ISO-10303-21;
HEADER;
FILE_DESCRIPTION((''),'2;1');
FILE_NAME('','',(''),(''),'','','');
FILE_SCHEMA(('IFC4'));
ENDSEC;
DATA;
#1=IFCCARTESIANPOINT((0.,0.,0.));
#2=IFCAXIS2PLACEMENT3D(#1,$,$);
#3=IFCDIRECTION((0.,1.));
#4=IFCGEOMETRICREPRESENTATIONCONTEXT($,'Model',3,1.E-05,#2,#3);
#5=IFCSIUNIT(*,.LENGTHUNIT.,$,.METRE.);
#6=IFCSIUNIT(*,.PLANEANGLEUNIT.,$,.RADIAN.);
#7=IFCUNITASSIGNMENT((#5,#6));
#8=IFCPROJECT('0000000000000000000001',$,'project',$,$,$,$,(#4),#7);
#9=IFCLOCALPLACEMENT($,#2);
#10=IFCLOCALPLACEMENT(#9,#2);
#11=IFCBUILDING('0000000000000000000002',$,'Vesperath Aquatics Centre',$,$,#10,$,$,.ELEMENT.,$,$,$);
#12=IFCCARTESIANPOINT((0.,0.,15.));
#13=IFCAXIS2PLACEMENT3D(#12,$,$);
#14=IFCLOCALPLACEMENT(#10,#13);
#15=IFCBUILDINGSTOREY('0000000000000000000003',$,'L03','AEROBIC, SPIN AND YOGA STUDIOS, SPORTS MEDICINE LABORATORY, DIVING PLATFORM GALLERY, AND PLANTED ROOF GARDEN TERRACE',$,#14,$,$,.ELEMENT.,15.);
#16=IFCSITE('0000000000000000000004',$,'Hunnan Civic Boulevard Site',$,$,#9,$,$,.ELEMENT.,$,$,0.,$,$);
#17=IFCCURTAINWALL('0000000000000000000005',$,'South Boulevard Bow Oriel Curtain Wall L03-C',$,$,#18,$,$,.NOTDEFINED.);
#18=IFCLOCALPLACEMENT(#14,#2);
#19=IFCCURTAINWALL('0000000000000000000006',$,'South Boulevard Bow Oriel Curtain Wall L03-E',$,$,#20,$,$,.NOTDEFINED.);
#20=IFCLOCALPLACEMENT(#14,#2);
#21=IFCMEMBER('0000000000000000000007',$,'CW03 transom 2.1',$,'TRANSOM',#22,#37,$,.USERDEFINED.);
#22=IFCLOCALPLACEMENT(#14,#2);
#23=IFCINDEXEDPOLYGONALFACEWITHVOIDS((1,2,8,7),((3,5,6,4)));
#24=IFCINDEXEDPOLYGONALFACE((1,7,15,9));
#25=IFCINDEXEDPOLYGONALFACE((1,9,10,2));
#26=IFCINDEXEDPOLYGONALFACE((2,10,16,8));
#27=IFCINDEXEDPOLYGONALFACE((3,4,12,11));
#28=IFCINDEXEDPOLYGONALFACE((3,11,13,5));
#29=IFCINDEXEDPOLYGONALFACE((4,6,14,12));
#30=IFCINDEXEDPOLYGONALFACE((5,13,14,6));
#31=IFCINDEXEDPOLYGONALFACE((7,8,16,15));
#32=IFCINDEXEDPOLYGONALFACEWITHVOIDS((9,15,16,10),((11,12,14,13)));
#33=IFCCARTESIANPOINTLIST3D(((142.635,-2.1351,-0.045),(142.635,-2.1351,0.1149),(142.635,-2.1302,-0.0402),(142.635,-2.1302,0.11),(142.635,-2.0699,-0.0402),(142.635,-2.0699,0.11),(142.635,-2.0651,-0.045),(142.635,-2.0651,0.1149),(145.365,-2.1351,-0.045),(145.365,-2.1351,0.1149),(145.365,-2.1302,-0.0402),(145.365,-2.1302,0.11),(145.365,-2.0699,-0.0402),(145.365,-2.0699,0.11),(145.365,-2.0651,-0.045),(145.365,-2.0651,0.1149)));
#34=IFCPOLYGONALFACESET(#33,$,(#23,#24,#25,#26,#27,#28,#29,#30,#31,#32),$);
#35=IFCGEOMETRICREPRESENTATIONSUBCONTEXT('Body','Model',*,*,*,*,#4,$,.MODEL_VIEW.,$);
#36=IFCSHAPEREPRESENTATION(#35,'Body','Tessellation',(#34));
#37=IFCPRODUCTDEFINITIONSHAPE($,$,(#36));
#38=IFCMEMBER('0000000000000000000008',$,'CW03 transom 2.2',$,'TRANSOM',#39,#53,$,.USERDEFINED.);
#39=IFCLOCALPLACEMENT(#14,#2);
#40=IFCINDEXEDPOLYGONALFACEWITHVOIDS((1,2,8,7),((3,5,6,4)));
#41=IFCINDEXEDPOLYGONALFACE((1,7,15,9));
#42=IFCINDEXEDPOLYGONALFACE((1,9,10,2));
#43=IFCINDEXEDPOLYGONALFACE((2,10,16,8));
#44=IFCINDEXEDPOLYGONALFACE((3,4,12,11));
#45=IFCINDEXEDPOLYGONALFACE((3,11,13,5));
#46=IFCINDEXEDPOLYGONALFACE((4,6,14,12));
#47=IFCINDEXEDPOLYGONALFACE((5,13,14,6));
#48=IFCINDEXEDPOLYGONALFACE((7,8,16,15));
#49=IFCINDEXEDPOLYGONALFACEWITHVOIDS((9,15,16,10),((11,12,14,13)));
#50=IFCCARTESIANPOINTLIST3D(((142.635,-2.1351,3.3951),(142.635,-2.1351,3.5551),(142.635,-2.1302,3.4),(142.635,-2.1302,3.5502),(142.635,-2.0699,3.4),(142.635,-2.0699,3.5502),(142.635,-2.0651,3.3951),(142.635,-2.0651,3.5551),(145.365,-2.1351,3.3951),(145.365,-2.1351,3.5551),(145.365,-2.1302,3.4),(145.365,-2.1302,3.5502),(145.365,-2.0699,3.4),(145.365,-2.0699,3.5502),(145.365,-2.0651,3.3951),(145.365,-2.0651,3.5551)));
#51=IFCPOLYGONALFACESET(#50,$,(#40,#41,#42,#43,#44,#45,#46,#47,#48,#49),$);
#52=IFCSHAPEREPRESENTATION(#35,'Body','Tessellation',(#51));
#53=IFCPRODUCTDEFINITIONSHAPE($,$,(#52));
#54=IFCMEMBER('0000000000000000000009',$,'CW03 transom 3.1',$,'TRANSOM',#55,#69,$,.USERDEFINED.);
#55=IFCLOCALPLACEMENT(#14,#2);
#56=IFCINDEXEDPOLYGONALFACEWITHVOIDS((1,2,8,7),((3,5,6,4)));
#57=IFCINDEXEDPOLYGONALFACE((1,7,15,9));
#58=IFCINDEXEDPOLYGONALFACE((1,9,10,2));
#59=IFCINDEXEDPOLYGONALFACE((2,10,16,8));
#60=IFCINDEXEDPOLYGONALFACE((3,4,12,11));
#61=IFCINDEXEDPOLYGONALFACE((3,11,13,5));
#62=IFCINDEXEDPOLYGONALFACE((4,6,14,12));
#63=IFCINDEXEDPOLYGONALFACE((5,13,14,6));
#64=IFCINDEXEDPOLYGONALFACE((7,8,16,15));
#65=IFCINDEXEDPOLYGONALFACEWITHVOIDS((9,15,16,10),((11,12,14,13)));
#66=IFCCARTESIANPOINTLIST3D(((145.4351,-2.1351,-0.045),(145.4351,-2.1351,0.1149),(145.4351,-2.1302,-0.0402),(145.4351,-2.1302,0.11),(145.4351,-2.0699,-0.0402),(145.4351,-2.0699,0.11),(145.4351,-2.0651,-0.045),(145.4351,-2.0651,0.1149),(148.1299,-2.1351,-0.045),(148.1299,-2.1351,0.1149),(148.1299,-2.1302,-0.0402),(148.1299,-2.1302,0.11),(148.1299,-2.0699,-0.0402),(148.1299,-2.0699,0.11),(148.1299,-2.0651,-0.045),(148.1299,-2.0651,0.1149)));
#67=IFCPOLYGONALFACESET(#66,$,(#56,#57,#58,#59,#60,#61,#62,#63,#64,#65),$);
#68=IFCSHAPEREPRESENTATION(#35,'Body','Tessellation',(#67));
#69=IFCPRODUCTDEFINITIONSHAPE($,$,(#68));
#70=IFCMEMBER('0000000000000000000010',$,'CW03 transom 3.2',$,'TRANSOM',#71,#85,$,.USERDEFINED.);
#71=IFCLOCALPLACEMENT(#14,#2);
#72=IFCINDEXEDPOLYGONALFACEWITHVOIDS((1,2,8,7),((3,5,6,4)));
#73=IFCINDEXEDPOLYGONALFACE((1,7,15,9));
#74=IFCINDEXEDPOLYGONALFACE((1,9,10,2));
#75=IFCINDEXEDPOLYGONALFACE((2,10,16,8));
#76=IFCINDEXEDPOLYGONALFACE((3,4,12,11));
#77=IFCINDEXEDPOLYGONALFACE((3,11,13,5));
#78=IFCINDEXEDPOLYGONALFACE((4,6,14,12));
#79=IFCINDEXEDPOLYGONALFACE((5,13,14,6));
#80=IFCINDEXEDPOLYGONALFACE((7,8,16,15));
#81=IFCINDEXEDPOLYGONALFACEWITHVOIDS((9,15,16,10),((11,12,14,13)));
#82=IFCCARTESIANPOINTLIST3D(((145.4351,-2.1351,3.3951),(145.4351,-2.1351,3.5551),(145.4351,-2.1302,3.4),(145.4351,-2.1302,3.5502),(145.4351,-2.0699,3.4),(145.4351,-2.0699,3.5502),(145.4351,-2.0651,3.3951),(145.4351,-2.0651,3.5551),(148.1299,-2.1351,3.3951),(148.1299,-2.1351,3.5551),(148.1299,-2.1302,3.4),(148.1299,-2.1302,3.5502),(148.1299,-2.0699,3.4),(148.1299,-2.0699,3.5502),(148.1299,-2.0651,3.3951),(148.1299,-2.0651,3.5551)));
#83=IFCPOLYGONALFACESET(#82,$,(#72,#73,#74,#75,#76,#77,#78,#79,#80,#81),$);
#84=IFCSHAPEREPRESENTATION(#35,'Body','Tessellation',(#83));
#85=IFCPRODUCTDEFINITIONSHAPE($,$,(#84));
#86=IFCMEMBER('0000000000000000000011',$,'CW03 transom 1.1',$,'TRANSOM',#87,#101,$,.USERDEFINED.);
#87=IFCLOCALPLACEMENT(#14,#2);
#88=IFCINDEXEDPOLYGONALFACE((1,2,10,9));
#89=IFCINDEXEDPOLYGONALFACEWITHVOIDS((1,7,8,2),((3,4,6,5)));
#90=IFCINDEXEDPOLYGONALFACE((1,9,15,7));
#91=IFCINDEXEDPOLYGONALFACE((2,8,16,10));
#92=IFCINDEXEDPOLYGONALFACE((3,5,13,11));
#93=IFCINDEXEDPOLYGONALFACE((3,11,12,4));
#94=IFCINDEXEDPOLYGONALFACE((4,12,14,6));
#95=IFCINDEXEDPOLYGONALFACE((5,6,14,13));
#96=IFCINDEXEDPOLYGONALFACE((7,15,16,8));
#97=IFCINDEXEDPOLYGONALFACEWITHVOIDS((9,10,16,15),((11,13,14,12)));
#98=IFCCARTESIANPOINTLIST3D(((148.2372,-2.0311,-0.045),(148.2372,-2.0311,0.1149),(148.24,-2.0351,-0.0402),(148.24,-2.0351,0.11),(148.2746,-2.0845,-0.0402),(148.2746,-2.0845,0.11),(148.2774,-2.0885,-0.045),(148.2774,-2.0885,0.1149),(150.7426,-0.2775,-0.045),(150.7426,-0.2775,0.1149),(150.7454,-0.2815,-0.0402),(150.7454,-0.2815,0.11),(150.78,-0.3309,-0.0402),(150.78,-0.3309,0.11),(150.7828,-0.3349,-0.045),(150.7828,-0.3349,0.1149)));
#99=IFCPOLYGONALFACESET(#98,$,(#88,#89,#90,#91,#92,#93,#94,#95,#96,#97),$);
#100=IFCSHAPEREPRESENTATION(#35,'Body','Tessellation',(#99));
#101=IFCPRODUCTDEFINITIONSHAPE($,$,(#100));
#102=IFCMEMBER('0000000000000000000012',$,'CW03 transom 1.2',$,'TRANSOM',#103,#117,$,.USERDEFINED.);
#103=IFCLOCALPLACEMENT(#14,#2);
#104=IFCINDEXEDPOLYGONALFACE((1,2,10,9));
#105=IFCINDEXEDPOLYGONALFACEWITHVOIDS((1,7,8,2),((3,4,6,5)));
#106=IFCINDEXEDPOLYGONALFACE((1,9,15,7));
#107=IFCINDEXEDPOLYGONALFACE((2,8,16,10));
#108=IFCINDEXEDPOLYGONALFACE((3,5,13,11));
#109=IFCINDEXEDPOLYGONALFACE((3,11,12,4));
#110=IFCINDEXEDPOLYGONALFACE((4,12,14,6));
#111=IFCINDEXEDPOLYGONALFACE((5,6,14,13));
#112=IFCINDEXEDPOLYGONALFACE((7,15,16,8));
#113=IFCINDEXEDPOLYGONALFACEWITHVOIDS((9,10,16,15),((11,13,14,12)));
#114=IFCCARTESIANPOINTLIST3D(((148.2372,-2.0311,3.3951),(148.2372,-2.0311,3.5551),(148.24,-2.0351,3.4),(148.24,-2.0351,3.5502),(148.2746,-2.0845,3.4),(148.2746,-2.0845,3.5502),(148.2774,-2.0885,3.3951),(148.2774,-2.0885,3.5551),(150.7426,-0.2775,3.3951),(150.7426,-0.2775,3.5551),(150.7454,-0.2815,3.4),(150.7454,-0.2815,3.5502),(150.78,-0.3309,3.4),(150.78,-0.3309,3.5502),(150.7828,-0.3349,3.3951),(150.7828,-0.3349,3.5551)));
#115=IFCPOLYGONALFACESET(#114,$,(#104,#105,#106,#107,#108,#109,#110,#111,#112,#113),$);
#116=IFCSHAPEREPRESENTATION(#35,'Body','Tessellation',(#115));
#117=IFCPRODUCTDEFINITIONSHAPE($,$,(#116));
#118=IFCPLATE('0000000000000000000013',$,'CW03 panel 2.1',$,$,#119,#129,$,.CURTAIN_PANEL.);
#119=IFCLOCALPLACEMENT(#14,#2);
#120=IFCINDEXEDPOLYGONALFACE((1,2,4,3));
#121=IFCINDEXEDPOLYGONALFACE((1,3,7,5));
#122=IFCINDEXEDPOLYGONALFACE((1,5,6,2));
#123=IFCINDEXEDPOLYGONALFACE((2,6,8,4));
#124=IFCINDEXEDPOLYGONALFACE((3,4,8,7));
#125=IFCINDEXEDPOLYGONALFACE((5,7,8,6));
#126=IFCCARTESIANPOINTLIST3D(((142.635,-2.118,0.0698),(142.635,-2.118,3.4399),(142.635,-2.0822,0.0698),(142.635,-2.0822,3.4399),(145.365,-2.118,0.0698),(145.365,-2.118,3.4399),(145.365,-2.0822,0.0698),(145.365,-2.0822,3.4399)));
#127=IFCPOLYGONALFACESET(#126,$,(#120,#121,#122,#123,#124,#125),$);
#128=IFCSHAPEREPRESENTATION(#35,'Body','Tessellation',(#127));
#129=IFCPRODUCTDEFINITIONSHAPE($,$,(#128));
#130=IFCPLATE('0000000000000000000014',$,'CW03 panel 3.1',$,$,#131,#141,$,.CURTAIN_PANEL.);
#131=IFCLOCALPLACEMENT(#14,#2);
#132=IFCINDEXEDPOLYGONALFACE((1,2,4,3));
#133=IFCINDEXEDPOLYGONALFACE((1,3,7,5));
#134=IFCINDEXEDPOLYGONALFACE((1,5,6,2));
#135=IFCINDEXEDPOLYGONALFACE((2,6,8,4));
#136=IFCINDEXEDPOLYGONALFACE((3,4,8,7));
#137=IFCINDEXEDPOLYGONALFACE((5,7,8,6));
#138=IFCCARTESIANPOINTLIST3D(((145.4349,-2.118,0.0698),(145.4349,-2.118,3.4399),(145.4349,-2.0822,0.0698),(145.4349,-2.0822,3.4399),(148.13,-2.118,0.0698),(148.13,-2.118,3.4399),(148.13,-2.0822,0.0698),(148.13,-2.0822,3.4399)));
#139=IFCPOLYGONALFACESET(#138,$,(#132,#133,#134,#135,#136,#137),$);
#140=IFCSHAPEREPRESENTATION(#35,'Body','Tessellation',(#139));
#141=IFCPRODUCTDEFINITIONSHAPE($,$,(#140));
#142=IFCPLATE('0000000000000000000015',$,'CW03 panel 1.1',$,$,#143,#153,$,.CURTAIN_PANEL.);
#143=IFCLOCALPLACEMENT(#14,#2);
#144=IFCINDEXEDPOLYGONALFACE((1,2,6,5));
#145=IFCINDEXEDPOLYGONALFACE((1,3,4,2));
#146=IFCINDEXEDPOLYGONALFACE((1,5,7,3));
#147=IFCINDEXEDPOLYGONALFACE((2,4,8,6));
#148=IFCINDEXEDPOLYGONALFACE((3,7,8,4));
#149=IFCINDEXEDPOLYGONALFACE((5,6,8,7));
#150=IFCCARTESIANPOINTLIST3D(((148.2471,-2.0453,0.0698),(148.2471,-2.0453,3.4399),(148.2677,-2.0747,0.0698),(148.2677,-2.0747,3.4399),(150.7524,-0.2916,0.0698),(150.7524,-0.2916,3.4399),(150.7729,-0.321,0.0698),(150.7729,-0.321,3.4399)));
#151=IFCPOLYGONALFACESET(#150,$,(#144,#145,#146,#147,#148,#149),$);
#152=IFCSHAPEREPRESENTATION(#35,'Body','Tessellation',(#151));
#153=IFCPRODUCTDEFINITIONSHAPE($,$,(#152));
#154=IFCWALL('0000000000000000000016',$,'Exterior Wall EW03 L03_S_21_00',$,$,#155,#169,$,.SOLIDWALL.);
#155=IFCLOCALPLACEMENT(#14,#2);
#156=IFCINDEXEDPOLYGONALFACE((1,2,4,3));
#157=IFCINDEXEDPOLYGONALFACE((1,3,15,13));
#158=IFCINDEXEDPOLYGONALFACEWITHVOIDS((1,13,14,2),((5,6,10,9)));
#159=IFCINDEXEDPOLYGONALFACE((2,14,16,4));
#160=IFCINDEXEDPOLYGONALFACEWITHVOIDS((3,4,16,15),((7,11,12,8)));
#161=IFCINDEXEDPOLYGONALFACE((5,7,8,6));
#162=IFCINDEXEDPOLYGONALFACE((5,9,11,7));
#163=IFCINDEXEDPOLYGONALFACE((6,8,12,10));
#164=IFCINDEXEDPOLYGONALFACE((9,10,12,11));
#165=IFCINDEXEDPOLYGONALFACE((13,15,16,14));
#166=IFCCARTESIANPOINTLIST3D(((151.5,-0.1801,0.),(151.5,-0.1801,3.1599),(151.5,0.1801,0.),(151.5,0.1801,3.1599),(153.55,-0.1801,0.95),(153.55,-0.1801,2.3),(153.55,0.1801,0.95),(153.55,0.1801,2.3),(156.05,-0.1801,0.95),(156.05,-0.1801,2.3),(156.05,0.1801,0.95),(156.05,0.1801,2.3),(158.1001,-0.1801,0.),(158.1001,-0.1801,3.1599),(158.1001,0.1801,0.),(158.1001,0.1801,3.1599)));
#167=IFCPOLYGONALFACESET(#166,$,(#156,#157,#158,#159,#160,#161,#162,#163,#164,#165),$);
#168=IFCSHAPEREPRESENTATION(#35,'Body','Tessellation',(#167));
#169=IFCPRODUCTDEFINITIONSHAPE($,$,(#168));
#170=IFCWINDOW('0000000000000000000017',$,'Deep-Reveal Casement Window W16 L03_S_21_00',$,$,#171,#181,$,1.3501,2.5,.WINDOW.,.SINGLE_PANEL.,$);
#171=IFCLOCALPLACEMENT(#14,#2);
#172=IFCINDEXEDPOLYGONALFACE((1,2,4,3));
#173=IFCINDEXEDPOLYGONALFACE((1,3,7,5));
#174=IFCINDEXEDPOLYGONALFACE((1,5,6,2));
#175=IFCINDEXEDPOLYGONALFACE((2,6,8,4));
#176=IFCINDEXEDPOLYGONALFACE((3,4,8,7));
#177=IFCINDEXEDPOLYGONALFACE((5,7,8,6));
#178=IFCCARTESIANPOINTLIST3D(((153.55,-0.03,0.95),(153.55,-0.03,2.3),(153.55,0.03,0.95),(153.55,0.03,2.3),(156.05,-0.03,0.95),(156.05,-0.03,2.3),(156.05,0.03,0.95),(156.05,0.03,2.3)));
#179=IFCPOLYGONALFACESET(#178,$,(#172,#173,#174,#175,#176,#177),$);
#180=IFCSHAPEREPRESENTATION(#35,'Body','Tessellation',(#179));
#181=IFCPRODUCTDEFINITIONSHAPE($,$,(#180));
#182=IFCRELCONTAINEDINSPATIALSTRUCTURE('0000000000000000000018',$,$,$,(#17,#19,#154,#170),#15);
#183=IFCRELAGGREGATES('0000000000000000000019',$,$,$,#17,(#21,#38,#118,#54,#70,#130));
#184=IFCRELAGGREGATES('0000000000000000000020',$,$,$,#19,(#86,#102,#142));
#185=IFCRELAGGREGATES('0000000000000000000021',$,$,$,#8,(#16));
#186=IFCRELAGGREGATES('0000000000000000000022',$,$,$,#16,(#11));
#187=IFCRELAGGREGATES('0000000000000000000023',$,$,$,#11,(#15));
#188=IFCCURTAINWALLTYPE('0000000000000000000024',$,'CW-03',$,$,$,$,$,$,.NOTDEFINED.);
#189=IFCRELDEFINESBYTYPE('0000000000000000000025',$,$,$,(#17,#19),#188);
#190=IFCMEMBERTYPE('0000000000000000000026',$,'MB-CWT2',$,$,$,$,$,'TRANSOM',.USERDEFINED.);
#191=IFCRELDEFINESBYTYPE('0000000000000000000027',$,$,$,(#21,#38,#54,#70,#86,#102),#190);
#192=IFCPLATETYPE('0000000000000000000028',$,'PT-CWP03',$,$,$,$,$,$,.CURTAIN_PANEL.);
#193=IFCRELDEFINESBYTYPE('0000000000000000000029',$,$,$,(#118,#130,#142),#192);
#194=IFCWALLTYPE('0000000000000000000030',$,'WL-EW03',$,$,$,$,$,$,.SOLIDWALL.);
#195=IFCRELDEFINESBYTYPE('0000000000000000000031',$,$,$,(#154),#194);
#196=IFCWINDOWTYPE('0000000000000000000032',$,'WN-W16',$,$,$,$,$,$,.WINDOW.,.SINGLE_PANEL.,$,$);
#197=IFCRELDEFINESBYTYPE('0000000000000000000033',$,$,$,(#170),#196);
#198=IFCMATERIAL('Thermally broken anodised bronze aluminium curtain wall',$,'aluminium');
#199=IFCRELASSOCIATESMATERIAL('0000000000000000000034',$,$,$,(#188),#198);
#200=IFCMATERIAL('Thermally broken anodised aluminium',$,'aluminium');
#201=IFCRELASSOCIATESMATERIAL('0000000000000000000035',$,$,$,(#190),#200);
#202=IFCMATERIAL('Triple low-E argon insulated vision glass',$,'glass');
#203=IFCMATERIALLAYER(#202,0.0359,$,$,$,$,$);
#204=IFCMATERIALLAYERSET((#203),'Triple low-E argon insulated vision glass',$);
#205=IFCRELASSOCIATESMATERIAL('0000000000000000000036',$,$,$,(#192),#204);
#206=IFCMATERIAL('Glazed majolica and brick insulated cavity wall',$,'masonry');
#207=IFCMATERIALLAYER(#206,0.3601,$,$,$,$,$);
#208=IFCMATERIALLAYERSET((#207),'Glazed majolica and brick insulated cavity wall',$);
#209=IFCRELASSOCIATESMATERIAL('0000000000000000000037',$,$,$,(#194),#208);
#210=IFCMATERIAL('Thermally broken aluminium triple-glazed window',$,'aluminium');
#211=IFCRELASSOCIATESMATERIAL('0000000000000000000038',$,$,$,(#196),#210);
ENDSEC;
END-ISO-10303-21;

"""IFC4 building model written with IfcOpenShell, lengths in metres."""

from ifc_helpers import new_model, si_unit, direction, frame, frame_2d, origin, origin_2d, place, context, subcontext, project, spatial, rectangle, hollow_rectangle, extrude, material, layer, layer_set, material_profile, profile_set, type_object, element, fill, aggregate, save


model = new_model("IFC4")

# Units and contexts
model_context = context("Model", 3, precision=1e-05, world=origin(), true_north=direction((0.0, 1.0)))
body_context = subcontext(model_context, "Body", "Model", "MODEL_VIEW")
ifc_project = project(units=[si_unit("LENGTHUNIT", "METRE"), si_unit("PLANEANGLEUNIT", "RADIAN")], contexts=[model_context])

# Site, building, storey
site_placement = place(None, origin())
site = spatial("IfcSite", under=ifc_project, at=site_placement, Name="Hunnan Civic Boulevard Site", CompositionType="ELEMENT", RefElevation=0.0)
building_placement = place(site_placement, origin())
building = spatial("IfcBuilding", under=site, at=building_placement, Name="Vesperath Aquatics Centre", CompositionType="ELEMENT")
storey_placement = place(building_placement, frame((0.0, 0.0, 15.0)))
storey = spatial("IfcBuildingStorey", under=building, at=storey_placement, Name="L03", Description="AEROBIC, SPIN AND YOGA STUDIOS, SPORTS MEDICINE LABORATORY, DIVING PLATFORM GALLERY, AND PLANTED ROOF GARDEN TERRACE", CompositionType="ELEMENT", Elevation=15.0)

# Curtain walls
ifc_material_1 = material(Name="Thermally broken anodised bronze aluminium curtain wall", Category="aluminium")
curtain_wall_type = type_object("IfcCurtainWallType", Name="CW-03", PredefinedType="NOTDEFINED", material=ifc_material_1)
curtain_wall_1_placement = place(storey_placement, origin())
curtain_wall_1 = element("IfcCurtainWall", 1, at=curtain_wall_1_placement, inside=storey, type_object=curtain_wall_type, Name="South Boulevard Bow Oriel Curtain Wall L03-C", PredefinedType="NOTDEFINED")
ifc_material_2 = material(Name="Thermally broken anodised aluminium", Category="aluminium")
curtain_wall_2_placement = place(storey_placement, origin())
curtain_wall_2 = element("IfcCurtainWall", 2, at=curtain_wall_2_placement, inside=storey, type_object=curtain_wall_type, Name="South Boulevard Bow Oriel Curtain Wall L03-E", PredefinedType="NOTDEFINED")

# Members
ifc_material_profile_1 = material_profile(ifc_material_2, hollow_rectangle(XDim=0.0701, YDim=0.1599, WallThickness=0.0049, at=origin_2d()), Name="CWT 70x160x5")
ifc_profile_set_1 = profile_set([ifc_material_profile_1], Name="Thermally broken anodised aluminium")
member_type_1 = type_object("IfcMemberType", Name="MB-CWT2", ElementType="TRANSOM", PredefinedType="USERDEFINED", material=ifc_profile_set_1)
member_1_placement = place(storey_placement, frame((142.635, -2.1001, 0.0349), z_axis=(1.0, 0.0, 0.0), x_axis=(0.0, 1.0, 0.0)))
member_1 = element("IfcMember", 3, at=member_1_placement, type_object=member_type_1, Name="CW03 transom 2.1", ObjectType="TRANSOM", PredefinedType="USERDEFINED", context=body_context, shape_type="SweptSolid", body=[
    extrude(hollow_rectangle(XDim=0.0701, YDim=0.1599, WallThickness=0.0049, at=origin_2d()), origin(), (0.0, 0.0, 1.0), 2.73),
])
member_2_placement = place(storey_placement, frame((142.635, -2.1001, 3.4751), z_axis=(1.0, 0.0, 0.0), x_axis=(0.0, 1.0, 0.0)))
member_2 = element("IfcMember", 4, at=member_2_placement, type_object=member_type_1, Name="CW03 transom 2.2", ObjectType="TRANSOM", PredefinedType="USERDEFINED", context=body_context, shape_type="SweptSolid", body=[
    extrude(hollow_rectangle(XDim=0.0701, YDim=0.1599, WallThickness=0.0049, at=origin_2d()), origin(), (0.0, 0.0, 1.0), 2.73),
])
member_3_placement = place(storey_placement, frame((145.4351, -2.1001, 0.0349), z_axis=(1.0, 0.0, 0.0), x_axis=(0.0, 1.0, 0.0)))
member_3 = element("IfcMember", 5, at=member_3_placement, type_object=member_type_1, Name="CW03 transom 3.1", ObjectType="TRANSOM", PredefinedType="USERDEFINED", context=body_context, shape_type="SweptSolid", body=[
    extrude(hollow_rectangle(XDim=0.0701, YDim=0.1599, WallThickness=0.0049, at=origin_2d()), origin(), (0.0, 0.0, 1.0), 2.6948),
])
member_4_placement = place(storey_placement, frame((145.4351, -2.1001, 3.4751), z_axis=(1.0, 0.0, 0.0), x_axis=(0.0, 1.0, 0.0)))
member_4 = element("IfcMember", 6, at=member_4_placement, type_object=member_type_1, Name="CW03 transom 3.2", ObjectType="TRANSOM", PredefinedType="USERDEFINED", context=body_context, shape_type="SweptSolid", body=[
    extrude(hollow_rectangle(XDim=0.0701, YDim=0.1599, WallThickness=0.0049, at=origin_2d()), origin(), (0.0, 0.0, 1.0), 2.6948),
])
member_5_placement = place(storey_placement, frame((148.2573, -2.0598, 0.0349), z_axis=(0.819247, 0.573441, 0.0), x_axis=(-0.573441, 0.819247, 0.0)))
member_5 = element("IfcMember", 7, at=member_5_placement, type_object=member_type_1, Name="CW03 transom 1.1", ObjectType="TRANSOM", PredefinedType="USERDEFINED", context=body_context, shape_type="SweptSolid", body=[
    extrude(hollow_rectangle(XDim=0.0701, YDim=0.1599, WallThickness=0.0049, at=origin_2d()), origin(), (0.0, 0.0, 1.0), 3.0581),
])
member_6_placement = place(storey_placement, frame((148.2573, -2.0598, 3.4751), z_axis=(0.819247, 0.573441, 0.0), x_axis=(-0.573441, 0.819247, 0.0)))
member_6 = element("IfcMember", 8, at=member_6_placement, type_object=member_type_1, Name="CW03 transom 1.2", ObjectType="TRANSOM", PredefinedType="USERDEFINED", context=body_context, shape_type="SweptSolid", body=[
    extrude(hollow_rectangle(XDim=0.0701, YDim=0.1599, WallThickness=0.0049, at=origin_2d()), origin(), (0.0, 0.0, 1.0), 3.0581),
])

# Plates
ifc_material_3 = material(Name="Triple low-E argon insulated vision glass", Category="glass")
ifc_layer_1 = layer(ifc_material_3, 0.0359)
ifc_layer_set_1 = layer_set([ifc_layer_1], Name="Triple low-E argon insulated vision glass")
plate_type = type_object("IfcPlateType", Name="PT-CWP03", PredefinedType="CURTAIN_PANEL", material=ifc_layer_set_1)
plate_1_placement = place(storey_placement, frame((144.0, -2.1001, 0.0698), z_axis=(0.0, 0.0, 1.0), x_axis=(1.0, 0.0, 0.0)))
plate_1 = element("IfcPlate", 9, at=plate_1_placement, type_object=plate_type, Name="CW03 panel 2.1", PredefinedType="CURTAIN_PANEL", context=body_context, shape_type="SweptSolid", body=[
    extrude(rectangle(XDim=2.73, YDim=0.0359, at=origin_2d()), origin(), (0.0, 0.0, 1.0), 3.3701),
])
plate_2_placement = place(storey_placement, frame((146.7825, -2.1001, 0.0698), z_axis=(0.0, 0.0, 1.0), x_axis=(1.0, 0.0, 0.0)))
plate_2 = element("IfcPlate", 10, at=plate_2_placement, type_object=plate_type, Name="CW03 panel 3.1", PredefinedType="CURTAIN_PANEL", context=body_context, shape_type="SweptSolid", body=[
    extrude(rectangle(XDim=2.6951, YDim=0.0359, at=origin_2d()), origin(), (0.0, 0.0, 1.0), 3.3701),
])
aggregate(curtain_wall_1, [member_1, member_2, plate_1, member_3, member_4, plate_2])
plate_3_placement = place(storey_placement, frame((149.51, -1.1831, 0.0698), z_axis=(0.0, 0.0, 1.0), x_axis=(0.819232, 0.573462, 0.0)))
plate_3 = element("IfcPlate", 11, at=plate_3_placement, type_object=plate_type, Name="CW03 panel 1.1", PredefinedType="CURTAIN_PANEL", context=body_context, shape_type="SweptSolid", body=[
    extrude(rectangle(XDim=3.0581, YDim=0.0359, at=origin_2d()), origin(), (0.0, 0.0, 1.0), 3.3701),
])
aggregate(curtain_wall_2, [member_5, member_6, plate_3])

# Wall, opening, window
ifc_material_4 = material(Name="Glazed majolica and brick insulated cavity wall", Category="masonry")
ifc_layer_2 = layer(ifc_material_4, 0.3601)
ifc_layer_set_2 = layer_set([ifc_layer_2], Name="Glazed majolica and brick insulated cavity wall")
wall_type_1 = type_object("IfcWallType", Name="WL-EW03", PredefinedType="SOLIDWALL", material=ifc_layer_set_2)
wall_1_placement = place(storey_placement, frame((151.5, 0.0, 0.0), z_axis=(0.0, 0.0, 1.0), x_axis=(1.0, 0.0, 0.0)))
wall_1 = element("IfcWall", 12, at=wall_1_placement, inside=storey, type_object=wall_type_1, Name="Exterior Wall EW03 L03_S_21_00", PredefinedType="SOLIDWALL", context=body_context, shape_type="SweptSolid", body=[
    extrude(rectangle(XDim=6.6001, YDim=0.3601, at=frame_2d((3.3, 0.0))), origin(), (0.0, 0.0, 1.0), 3.1599),
])
opening_1_placement = place(wall_1_placement, frame((2.05, 0.0, 0.95)))
opening_1 = element("IfcOpeningElement", 13, at=opening_1_placement, cuts=wall_1, PredefinedType="OPENING", context=body_context, shape_type="SweptSolid", body=[
    extrude(rectangle(XDim=2.5, YDim=1.3501, at=frame_2d((1.25, 0.675))), frame((0.0, 0.1948, 0.0), z_axis=(0.0, -1.0, 0.0), x_axis=(1.0, 0.0, 0.0)), (0.0, 0.0, 1.0), 0.3899),
])
ifc_material_5 = material(Name="Thermally broken aluminium triple-glazed window", Category="aluminium")
window_type_1 = type_object("IfcWindowType", Name="WN-W16", PartitioningType="SINGLE_PANEL", PredefinedType="WINDOW", material=ifc_material_5)
window_1_placement = place(opening_1_placement, origin())
window_1 = element("IfcWindow", 14, at=window_1_placement, inside=storey, type_object=window_type_1, Name="Deep-Reveal Casement Window W16 L03_S_21_00", OverallHeight=1.3501, OverallWidth=2.5, PartitioningType="SINGLE_PANEL", PredefinedType="WINDOW", context=body_context, shape_type="SweptSolid", body=[
    extrude(rectangle(XDim=2.5, YDim=1.3501, at=frame_2d((1.25, 0.675))), frame((0.0, 0.03, 0.0), z_axis=(0.0, -1.0, 0.0), x_axis=(1.0, 0.0, 0.0)), (0.0, 0.0, 1.0), 0.0601),
])
fill(opening_1, window_1)

save(model, "model.ifc")
